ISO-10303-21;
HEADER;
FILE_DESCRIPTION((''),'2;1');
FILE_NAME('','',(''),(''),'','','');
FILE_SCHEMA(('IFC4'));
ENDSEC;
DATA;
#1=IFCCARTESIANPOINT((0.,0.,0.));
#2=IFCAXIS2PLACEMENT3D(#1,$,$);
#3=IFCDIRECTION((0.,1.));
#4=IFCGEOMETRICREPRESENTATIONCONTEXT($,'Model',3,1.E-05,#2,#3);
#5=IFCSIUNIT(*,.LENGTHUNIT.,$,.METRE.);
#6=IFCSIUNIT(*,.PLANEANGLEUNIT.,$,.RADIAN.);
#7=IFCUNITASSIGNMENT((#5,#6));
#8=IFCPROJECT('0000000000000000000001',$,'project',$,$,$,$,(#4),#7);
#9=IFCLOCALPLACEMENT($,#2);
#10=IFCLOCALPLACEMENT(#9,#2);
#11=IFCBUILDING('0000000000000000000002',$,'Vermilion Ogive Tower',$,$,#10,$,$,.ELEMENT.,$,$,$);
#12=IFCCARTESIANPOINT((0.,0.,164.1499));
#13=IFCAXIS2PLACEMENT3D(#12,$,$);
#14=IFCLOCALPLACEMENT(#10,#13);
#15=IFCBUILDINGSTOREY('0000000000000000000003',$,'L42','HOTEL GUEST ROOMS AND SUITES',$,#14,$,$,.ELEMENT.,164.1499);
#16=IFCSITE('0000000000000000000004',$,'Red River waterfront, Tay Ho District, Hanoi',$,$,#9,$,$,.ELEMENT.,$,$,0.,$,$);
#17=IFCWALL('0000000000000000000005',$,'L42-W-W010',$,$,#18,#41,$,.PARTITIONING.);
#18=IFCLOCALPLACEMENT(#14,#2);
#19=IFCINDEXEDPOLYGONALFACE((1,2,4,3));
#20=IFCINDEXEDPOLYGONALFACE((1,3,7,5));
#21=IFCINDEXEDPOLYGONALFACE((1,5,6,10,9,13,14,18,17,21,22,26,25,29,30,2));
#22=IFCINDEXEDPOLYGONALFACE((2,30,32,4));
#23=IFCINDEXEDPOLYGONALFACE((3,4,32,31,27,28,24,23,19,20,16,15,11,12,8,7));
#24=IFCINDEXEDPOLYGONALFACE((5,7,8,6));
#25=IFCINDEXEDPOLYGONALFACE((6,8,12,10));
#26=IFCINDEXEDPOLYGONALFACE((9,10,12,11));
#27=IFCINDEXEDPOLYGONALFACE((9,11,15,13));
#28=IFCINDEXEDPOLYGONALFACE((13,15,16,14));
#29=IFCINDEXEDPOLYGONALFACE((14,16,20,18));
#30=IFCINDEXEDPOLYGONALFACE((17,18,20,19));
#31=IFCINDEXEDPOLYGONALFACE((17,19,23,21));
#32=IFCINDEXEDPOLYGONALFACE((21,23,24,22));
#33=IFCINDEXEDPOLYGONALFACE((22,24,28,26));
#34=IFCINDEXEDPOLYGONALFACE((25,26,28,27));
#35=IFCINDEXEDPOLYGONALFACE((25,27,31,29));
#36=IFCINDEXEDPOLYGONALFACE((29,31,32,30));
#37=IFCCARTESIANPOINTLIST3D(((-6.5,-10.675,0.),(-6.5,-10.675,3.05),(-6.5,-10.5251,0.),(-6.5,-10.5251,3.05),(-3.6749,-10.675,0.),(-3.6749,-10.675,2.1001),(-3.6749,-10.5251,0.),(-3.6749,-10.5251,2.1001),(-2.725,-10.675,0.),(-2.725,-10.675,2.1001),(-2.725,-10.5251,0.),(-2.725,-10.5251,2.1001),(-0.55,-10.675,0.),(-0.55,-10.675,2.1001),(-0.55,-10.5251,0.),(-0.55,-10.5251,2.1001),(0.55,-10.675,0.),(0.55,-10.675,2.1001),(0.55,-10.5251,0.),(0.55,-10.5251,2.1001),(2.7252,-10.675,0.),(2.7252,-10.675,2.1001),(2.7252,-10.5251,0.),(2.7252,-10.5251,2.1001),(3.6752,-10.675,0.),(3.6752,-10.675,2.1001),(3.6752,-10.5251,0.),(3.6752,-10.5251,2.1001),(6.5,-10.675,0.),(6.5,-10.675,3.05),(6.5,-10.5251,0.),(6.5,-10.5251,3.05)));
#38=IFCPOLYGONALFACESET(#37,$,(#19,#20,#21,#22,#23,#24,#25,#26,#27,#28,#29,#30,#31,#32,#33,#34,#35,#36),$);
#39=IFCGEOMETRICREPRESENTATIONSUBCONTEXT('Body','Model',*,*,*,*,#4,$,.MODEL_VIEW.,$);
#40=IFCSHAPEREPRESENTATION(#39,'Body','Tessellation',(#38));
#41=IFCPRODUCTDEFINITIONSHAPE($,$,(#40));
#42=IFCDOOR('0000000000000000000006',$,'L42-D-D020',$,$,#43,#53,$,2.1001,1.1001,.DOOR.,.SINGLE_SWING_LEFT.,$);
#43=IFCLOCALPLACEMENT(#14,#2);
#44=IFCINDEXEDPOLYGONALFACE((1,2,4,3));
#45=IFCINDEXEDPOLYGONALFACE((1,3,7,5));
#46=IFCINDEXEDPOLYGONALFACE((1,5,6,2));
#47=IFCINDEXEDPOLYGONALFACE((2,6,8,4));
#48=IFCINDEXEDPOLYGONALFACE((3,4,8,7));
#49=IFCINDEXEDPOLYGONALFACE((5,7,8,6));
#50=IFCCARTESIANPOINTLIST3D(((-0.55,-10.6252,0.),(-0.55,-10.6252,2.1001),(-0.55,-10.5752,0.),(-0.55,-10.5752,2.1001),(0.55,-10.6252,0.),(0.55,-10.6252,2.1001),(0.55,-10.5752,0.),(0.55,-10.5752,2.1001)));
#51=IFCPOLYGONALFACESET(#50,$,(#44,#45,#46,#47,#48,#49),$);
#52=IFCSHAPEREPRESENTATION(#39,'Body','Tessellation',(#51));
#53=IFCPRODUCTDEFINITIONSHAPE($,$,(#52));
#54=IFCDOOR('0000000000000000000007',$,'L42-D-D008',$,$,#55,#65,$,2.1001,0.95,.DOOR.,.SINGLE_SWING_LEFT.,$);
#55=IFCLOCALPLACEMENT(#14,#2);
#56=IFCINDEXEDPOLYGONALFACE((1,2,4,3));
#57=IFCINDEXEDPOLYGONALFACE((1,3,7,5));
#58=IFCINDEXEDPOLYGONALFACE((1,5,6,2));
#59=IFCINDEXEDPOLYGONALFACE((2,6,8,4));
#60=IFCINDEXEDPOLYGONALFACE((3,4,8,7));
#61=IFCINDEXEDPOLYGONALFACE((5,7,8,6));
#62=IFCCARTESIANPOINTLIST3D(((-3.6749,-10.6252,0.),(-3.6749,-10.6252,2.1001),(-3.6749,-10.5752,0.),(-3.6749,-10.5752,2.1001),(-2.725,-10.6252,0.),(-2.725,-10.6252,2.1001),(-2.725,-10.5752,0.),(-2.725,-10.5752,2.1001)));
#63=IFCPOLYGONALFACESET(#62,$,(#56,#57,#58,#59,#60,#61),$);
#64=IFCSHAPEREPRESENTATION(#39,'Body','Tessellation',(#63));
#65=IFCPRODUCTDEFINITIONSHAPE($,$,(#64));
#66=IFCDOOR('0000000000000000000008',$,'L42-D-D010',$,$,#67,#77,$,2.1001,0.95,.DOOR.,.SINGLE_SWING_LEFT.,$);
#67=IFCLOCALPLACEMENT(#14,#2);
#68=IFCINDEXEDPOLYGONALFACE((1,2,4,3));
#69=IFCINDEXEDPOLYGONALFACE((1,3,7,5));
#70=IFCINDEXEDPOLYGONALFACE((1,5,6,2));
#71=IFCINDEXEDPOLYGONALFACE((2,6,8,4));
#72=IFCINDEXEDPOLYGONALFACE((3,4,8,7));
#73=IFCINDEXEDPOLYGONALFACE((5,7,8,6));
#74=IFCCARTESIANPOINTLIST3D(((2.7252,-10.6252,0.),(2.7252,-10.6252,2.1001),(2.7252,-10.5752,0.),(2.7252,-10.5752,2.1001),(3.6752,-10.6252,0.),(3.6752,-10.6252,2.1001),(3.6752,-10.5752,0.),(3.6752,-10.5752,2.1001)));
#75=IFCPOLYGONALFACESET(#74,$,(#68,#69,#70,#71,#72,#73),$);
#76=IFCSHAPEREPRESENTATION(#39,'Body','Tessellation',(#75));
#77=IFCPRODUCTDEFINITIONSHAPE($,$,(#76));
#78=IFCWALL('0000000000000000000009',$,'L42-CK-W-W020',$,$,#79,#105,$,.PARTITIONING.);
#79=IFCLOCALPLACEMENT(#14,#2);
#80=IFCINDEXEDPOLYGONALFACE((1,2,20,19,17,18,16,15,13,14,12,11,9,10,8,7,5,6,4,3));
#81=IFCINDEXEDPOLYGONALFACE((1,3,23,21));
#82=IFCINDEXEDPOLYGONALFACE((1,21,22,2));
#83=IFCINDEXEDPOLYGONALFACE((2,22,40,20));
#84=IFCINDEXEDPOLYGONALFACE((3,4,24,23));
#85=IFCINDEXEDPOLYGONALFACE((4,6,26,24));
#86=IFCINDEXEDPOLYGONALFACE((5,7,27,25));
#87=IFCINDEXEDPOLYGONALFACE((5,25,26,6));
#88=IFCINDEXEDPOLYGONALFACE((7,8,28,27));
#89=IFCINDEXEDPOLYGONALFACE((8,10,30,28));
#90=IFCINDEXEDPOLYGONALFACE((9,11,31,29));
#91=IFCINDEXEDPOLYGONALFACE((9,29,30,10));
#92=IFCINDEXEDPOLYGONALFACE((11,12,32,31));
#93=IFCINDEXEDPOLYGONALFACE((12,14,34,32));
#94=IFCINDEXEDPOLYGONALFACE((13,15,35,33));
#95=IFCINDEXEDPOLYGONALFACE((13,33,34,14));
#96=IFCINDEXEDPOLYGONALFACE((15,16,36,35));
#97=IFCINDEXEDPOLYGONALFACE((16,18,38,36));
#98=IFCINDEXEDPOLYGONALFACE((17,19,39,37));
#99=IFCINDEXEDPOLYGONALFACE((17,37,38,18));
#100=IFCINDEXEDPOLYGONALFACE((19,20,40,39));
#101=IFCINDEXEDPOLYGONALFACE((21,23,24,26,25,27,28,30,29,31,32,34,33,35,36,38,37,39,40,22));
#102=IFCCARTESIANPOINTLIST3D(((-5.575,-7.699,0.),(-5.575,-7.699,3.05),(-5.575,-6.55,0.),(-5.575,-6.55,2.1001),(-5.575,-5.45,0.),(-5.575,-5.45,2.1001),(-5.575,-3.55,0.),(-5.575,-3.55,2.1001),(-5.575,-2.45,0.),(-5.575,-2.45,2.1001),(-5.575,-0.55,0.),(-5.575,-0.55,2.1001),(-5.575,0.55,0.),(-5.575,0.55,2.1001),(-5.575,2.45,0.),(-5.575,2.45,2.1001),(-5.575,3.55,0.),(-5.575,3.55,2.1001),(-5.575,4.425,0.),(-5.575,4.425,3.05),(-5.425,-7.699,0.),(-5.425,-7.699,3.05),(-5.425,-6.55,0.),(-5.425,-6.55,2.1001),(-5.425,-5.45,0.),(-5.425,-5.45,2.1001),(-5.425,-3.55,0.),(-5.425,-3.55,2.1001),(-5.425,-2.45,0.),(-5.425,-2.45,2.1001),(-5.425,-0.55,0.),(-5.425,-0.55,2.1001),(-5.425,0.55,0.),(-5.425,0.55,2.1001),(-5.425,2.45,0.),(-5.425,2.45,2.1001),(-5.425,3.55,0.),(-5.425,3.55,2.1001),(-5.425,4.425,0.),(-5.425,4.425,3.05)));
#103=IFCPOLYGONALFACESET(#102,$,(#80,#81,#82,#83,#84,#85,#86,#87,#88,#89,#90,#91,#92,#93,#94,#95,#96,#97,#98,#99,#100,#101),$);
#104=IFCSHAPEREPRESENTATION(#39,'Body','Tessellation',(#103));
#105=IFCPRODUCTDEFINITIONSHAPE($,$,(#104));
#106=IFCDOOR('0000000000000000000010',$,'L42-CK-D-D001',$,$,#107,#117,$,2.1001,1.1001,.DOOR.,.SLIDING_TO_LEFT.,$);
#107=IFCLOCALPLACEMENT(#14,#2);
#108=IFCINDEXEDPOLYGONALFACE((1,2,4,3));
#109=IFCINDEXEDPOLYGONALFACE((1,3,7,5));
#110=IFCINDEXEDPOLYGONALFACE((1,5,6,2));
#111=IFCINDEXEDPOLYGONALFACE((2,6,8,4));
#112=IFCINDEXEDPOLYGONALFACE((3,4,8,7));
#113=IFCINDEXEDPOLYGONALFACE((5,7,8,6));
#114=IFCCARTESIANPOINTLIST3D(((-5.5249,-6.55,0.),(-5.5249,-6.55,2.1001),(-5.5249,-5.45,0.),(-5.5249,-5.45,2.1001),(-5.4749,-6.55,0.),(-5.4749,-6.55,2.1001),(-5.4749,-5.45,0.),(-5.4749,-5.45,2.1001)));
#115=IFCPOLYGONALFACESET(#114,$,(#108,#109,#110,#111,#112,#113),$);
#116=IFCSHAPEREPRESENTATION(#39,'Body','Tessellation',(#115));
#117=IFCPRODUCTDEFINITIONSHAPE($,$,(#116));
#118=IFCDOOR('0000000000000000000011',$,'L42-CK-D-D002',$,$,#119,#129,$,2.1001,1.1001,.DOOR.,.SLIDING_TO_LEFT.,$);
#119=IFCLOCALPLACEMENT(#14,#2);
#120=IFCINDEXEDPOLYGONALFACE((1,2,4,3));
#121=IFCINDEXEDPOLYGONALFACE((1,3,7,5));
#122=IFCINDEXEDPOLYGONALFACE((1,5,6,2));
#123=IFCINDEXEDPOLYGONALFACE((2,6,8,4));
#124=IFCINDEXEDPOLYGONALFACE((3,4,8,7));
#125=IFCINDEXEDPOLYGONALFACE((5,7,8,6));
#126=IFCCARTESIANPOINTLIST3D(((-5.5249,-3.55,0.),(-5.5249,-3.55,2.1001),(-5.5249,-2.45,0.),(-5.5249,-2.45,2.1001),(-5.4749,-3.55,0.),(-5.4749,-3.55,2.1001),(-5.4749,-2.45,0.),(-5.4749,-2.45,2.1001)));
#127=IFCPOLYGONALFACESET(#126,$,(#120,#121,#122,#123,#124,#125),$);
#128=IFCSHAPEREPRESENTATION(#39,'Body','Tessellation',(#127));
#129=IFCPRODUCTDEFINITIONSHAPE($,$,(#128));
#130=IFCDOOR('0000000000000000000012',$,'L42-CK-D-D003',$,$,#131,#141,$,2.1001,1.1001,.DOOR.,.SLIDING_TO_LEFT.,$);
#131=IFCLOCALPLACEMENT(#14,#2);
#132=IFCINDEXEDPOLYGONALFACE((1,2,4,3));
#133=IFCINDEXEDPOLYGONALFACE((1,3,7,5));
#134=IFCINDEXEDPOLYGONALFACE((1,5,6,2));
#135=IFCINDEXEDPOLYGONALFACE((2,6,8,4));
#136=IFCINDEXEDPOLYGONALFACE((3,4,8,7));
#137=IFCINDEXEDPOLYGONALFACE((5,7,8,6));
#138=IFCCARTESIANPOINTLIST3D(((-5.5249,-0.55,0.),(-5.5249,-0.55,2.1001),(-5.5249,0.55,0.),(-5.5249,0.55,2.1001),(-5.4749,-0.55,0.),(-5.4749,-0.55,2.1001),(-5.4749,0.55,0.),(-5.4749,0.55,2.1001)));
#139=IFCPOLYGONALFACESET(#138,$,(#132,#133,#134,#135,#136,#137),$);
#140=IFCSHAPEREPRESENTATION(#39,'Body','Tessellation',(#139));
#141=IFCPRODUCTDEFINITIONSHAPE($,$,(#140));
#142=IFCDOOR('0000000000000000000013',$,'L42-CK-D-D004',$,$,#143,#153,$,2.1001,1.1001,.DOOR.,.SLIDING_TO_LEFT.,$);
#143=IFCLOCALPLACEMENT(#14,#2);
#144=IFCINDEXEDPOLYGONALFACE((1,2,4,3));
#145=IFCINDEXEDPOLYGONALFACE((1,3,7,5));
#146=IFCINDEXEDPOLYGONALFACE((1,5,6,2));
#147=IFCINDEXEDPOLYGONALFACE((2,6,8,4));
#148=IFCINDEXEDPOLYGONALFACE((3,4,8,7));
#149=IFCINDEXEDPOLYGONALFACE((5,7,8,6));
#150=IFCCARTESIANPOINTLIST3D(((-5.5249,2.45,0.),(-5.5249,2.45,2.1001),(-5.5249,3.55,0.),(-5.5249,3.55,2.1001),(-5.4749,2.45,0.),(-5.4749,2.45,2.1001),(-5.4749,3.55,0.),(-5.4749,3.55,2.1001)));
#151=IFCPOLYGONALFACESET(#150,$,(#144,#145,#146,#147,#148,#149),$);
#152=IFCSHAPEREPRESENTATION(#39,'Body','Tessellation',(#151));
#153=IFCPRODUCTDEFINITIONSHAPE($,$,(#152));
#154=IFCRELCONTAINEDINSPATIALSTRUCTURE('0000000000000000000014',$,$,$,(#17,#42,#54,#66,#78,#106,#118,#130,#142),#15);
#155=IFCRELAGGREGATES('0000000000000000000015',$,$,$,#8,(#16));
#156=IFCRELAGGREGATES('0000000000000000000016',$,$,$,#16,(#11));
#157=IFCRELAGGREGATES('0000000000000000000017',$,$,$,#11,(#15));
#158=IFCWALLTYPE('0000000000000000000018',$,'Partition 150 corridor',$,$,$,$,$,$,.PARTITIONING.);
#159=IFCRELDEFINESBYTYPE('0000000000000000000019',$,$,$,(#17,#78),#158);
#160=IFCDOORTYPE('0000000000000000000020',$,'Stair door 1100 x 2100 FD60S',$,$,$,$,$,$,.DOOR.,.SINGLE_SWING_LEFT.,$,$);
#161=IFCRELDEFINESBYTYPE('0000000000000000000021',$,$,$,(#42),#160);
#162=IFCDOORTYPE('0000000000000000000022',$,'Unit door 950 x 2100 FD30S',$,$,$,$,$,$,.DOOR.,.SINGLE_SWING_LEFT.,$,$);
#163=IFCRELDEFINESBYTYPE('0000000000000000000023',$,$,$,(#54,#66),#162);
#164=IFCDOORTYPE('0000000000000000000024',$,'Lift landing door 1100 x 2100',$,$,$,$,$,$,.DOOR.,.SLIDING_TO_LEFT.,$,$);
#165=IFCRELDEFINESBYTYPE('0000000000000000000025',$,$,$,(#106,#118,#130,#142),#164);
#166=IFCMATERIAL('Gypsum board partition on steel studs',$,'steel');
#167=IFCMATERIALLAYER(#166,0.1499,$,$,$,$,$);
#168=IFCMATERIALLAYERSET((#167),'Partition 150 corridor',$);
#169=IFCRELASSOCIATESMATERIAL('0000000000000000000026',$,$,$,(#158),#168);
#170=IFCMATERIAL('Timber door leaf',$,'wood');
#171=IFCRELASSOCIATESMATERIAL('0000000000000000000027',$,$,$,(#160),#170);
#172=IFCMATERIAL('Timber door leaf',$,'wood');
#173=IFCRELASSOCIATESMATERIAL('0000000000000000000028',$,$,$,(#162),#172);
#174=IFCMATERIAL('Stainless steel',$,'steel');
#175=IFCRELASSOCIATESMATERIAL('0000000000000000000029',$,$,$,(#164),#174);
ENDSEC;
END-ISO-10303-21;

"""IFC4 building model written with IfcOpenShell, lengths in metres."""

from ifc_helpers import new_model, si_unit, direction, frame, frame_2d, origin, place, context, subcontext, project, spatial, rectangle, extrude, material, layer, layer_set, type_object, element, fill, save


model = new_model("IFC4")

# Units and contexts
model_context = context("Model", 3, precision=1e-05, world=origin(), true_north=direction((0.0, 1.0)))
body_context = subcontext(model_context, "Body", "Model", "MODEL_VIEW")
ifc_project = project(units=[si_unit("LENGTHUNIT", "METRE"), si_unit("PLANEANGLEUNIT", "RADIAN")], contexts=[model_context])

# Site, building, storey
site_placement = place(None, origin())
site = spatial("IfcSite", under=ifc_project, at=site_placement, Name="Red River waterfront, Tay Ho District, Hanoi", CompositionType="ELEMENT", RefElevation=0.0)
building_placement = place(site_placement, origin())
building = spatial("IfcBuilding", under=site, at=building_placement, Name="Vermilion Ogive Tower", CompositionType="ELEMENT")
storey_placement = place(building_placement, frame((0.0, 0.0, 164.1499)))
storey = spatial("IfcBuildingStorey", under=building, at=storey_placement, Name="L42", Description="HOTEL GUEST ROOMS AND SUITES", CompositionType="ELEMENT", Elevation=164.1499)

# Walls, openings, doors
ifc_material_1 = material(Name="Gypsum board partition on steel studs", Category="steel")
ifc_layer_1 = layer(ifc_material_1, 0.1499)
ifc_layer_set_1 = layer_set([ifc_layer_1], Name="Partition 150 corridor")
wall_type_1 = type_object("IfcWallType", Name="Partition 150 corridor", PredefinedType="PARTITIONING", material=ifc_layer_set_1)
wall_1_placement = place(storey_placement, frame((-6.5, -10.6001, 0.0), z_axis=(0.0, 0.0, 1.0), x_axis=(1.0, 0.0, 0.0)))
wall_1 = element("IfcWall", 1, at=wall_1_placement, inside=storey, type_object=wall_type_1, Name="L42-W-W010", PredefinedType="PARTITIONING", context=body_context, shape_type="SweptSolid", body=[
    extrude(rectangle(XDim=13.0, YDim=0.1499, at=frame_2d((6.5, 0.0))), origin(), (0.0, 0.0, 1.0), 3.05),
])
opening_1_placement = place(wall_1_placement, frame((2.825, 0.0, 0.0)))
opening_1 = element("IfcOpeningElement", 2, at=opening_1_placement, cuts=wall_1, PredefinedType="OPENING", context=body_context, shape_type="SweptSolid", body=[
    extrude(rectangle(XDim=0.95, YDim=2.1001, at=frame_2d((0.4751, 1.05))), frame((0.0, 0.085, 0.0), z_axis=(0.0, -1.0, 0.0), x_axis=(1.0, 0.0, 0.0)), (0.0, 0.0, 1.0), 0.1699),
])
opening_2_placement = place(wall_1_placement, frame((9.2251, 0.0, 0.0)))
opening_2 = element("IfcOpeningElement", 3, at=opening_2_placement, cuts=wall_1, PredefinedType="OPENING", context=body_context, shape_type="SweptSolid", body=[
    extrude(rectangle(XDim=0.95, YDim=2.1001, at=frame_2d((0.4751, 1.05))), frame((0.0, 0.085, 0.0), z_axis=(0.0, -1.0, 0.0), x_axis=(1.0, 0.0, 0.0)), (0.0, 0.0, 1.0), 0.1699),
])
opening_3_placement = place(wall_1_placement, frame((5.95, 0.0, 0.0)))
opening_3 = element("IfcOpeningElement", 4, at=opening_3_placement, cuts=wall_1, PredefinedType="OPENING", context=body_context, shape_type="SweptSolid", body=[
    extrude(rectangle(XDim=1.1001, YDim=2.1001, at=frame_2d((0.55, 1.05))), frame((0.0, 0.085, 0.0), z_axis=(0.0, -1.0, 0.0), x_axis=(1.0, 0.0, 0.0)), (0.0, 0.0, 1.0), 0.1699),
])
ifc_material_2 = material(Name="Timber door leaf", Category="wood")
door_type_1 = type_object("IfcDoorType", Name="Stair door 1100 x 2100 FD60S", OperationType="SINGLE_SWING_LEFT", PredefinedType="DOOR", material=ifc_material_2)
door_1_placement = place(opening_3_placement, origin())
door_1 = element("IfcDoor", 5, at=door_1_placement, inside=storey, type_object=door_type_1, Name="L42-D-D020", OperationType="SINGLE_SWING_LEFT", OverallHeight=2.1001, OverallWidth=1.1001, PredefinedType="DOOR", context=body_context, shape_type="SweptSolid", body=[
    extrude(rectangle(XDim=1.1001, YDim=2.1001, at=frame_2d((0.55, 1.05))), frame((0.0, 0.0249, 0.0), z_axis=(0.0, -1.0, 0.0), x_axis=(1.0, 0.0, 0.0)), (0.0, 0.0, 1.0), 0.05),
])
fill(opening_3, door_1)
ifc_material_3 = material(Name="Timber door leaf", Category="wood")
door_type_2 = type_object("IfcDoorType", Name="Unit door 950 x 2100 FD30S", OperationType="SINGLE_SWING_LEFT", PredefinedType="DOOR", material=ifc_material_3)
door_2_placement = place(opening_1_placement, origin())
door_2 = element("IfcDoor", 6, at=door_2_placement, inside=storey, type_object=door_type_2, Name="L42-D-D008", OperationType="SINGLE_SWING_LEFT", OverallHeight=2.1001, OverallWidth=0.95, PredefinedType="DOOR", context=body_context, shape_type="SweptSolid", body=[
    extrude(rectangle(XDim=0.95, YDim=2.1001, at=frame_2d((0.4751, 1.05))), frame((0.0, 0.0249, 0.0), z_axis=(0.0, -1.0, 0.0), x_axis=(1.0, 0.0, 0.0)), (0.0, 0.0, 1.0), 0.05),
])
fill(opening_1, door_2)
door_3_placement = place(opening_2_placement, origin())
door_3 = element("IfcDoor", 7, at=door_3_placement, inside=storey, type_object=door_type_2, Name="L42-D-D010", OperationType="SINGLE_SWING_LEFT", OverallHeight=2.1001, OverallWidth=0.95, PredefinedType="DOOR", context=body_context, shape_type="SweptSolid", body=[
    extrude(rectangle(XDim=0.95, YDim=2.1001, at=frame_2d((0.4751, 1.05))), frame((0.0, 0.0249, 0.0), z_axis=(0.0, -1.0, 0.0), x_axis=(1.0, 0.0, 0.0)), (0.0, 0.0, 1.0), 0.05),
])
fill(opening_2, door_3)
wall_2_placement = place(storey_placement, frame((-5.5, -7.699, 0.0), z_axis=(0.0, 0.0, 1.0), x_axis=(0.0, 1.0, 0.0)))
wall_2 = element("IfcWall", 8, at=wall_2_placement, inside=storey, type_object=wall_type_1, Name="L42-CK-W-W020", PredefinedType="PARTITIONING", context=body_context, shape_type="SweptSolid", body=[
    extrude(rectangle(XDim=12.124, YDim=0.1499, at=frame_2d((6.062, 0.0))), origin(), (0.0, 0.0, 1.0), 3.05),
])
opening_4_placement = place(wall_2_placement, frame((1.1489, 0.0, 0.0)))
opening_4 = element("IfcOpeningElement", 9, at=opening_4_placement, cuts=wall_2, PredefinedType="OPENING", context=body_context, shape_type="SweptSolid", body=[
    extrude(rectangle(XDim=1.1001, YDim=2.1001, at=frame_2d((0.55, 1.05))), frame((0.0, 0.085, 0.0), z_axis=(0.0, -1.0, 0.0), x_axis=(1.0, 0.0, 0.0)), (0.0, 0.0, 1.0), 0.1699),
])
opening_5_placement = place(wall_2_placement, frame((4.1489, 0.0, 0.0)))
opening_5 = element("IfcOpeningElement", 10, at=opening_5_placement, cuts=wall_2, PredefinedType="OPENING", context=body_context, shape_type="SweptSolid", body=[
    extrude(rectangle(XDim=1.1001, YDim=2.1001, at=frame_2d((0.55, 1.05))), frame((0.0, 0.085, 0.0), z_axis=(0.0, -1.0, 0.0), x_axis=(1.0, 0.0, 0.0)), (0.0, 0.0, 1.0), 0.1699),
])
opening_6_placement = place(wall_2_placement, frame((7.1489, 0.0, 0.0)))
opening_6 = element("IfcOpeningElement", 11, at=opening_6_placement, cuts=wall_2, PredefinedType="OPENING", context=body_context, shape_type="SweptSolid", body=[
    extrude(rectangle(XDim=1.1001, YDim=2.1001, at=frame_2d((0.55, 1.05))), frame((0.0, 0.085, 0.0), z_axis=(0.0, -1.0, 0.0), x_axis=(1.0, 0.0, 0.0)), (0.0, 0.0, 1.0), 0.1699),
])
opening_7_placement = place(wall_2_placement, frame((10.1489, 0.0, 0.0)))
opening_7 = element("IfcOpeningElement", 12, at=opening_7_placement, cuts=wall_2, PredefinedType="OPENING", context=body_context, shape_type="SweptSolid", body=[
    extrude(rectangle(XDim=1.1001, YDim=2.1001, at=frame_2d((0.55, 1.05))), frame((0.0, 0.085, 0.0), z_axis=(0.0, -1.0, 0.0), x_axis=(1.0, 0.0, 0.0)), (0.0, 0.0, 1.0), 0.1699),
])
ifc_material_4 = material(Name="Stainless steel", Category="steel")
door_type_3 = type_object("IfcDoorType", Name="Lift landing door 1100 x 2100", OperationType="SLIDING_TO_LEFT", PredefinedType="DOOR", material=ifc_material_4)
door_4_placement = place(opening_4_placement, origin())
door_4 = element("IfcDoor", 13, at=door_4_placement, inside=storey, type_object=door_type_3, Name="L42-CK-D-D001", OperationType="SLIDING_TO_LEFT", OverallHeight=2.1001, OverallWidth=1.1001, PredefinedType="DOOR", context=body_context, shape_type="SweptSolid", body=[
    extrude(rectangle(XDim=1.1001, YDim=2.1001, at=frame_2d((0.55, 1.05))), frame((0.0, 0.0249, 0.0), z_axis=(0.0, -1.0, 0.0), x_axis=(1.0, 0.0, 0.0)), (0.0, 0.0, 1.0), 0.05),
])
fill(opening_4, door_4)
door_5_placement = place(opening_5_placement, origin())
door_5 = element("IfcDoor", 14, at=door_5_placement, inside=storey, type_object=door_type_3, Name="L42-CK-D-D002", OperationType="SLIDING_TO_LEFT", OverallHeight=2.1001, OverallWidth=1.1001, PredefinedType="DOOR", context=body_context, shape_type="SweptSolid", body=[
    extrude(rectangle(XDim=1.1001, YDim=2.1001, at=frame_2d((0.55, 1.05))), frame((0.0, 0.0249, 0.0), z_axis=(0.0, -1.0, 0.0), x_axis=(1.0, 0.0, 0.0)), (0.0, 0.0, 1.0), 0.05),
])
fill(opening_5, door_5)
door_6_placement = place(opening_6_placement, origin())
door_6 = element("IfcDoor", 15, at=door_6_placement, inside=storey, type_object=door_type_3, Name="L42-CK-D-D003", OperationType="SLIDING_TO_LEFT", OverallHeight=2.1001, OverallWidth=1.1001, PredefinedType="DOOR", context=body_context, shape_type="SweptSolid", body=[
    extrude(rectangle(XDim=1.1001, YDim=2.1001, at=frame_2d((0.55, 1.05))), frame((0.0, 0.0249, 0.0), z_axis=(0.0, -1.0, 0.0), x_axis=(1.0, 0.0, 0.0)), (0.0, 0.0, 1.0), 0.05),
])
fill(opening_6, door_6)
door_7_placement = place(opening_7_placement, origin())
door_7 = element("IfcDoor", 16, at=door_7_placement, inside=storey, type_object=door_type_3, Name="L42-CK-D-D004", OperationType="SLIDING_TO_LEFT", OverallHeight=2.1001, OverallWidth=1.1001, PredefinedType="DOOR", context=body_context, shape_type="SweptSolid", body=[
    extrude(rectangle(XDim=1.1001, YDim=2.1001, at=frame_2d((0.55, 1.05))), frame((0.0, 0.0249, 0.0), z_axis=(0.0, -1.0, 0.0), x_axis=(1.0, 0.0, 0.0)), (0.0, 0.0, 1.0), 0.05),
])
fill(opening_7, door_7)

save(model, "model.ifc")
